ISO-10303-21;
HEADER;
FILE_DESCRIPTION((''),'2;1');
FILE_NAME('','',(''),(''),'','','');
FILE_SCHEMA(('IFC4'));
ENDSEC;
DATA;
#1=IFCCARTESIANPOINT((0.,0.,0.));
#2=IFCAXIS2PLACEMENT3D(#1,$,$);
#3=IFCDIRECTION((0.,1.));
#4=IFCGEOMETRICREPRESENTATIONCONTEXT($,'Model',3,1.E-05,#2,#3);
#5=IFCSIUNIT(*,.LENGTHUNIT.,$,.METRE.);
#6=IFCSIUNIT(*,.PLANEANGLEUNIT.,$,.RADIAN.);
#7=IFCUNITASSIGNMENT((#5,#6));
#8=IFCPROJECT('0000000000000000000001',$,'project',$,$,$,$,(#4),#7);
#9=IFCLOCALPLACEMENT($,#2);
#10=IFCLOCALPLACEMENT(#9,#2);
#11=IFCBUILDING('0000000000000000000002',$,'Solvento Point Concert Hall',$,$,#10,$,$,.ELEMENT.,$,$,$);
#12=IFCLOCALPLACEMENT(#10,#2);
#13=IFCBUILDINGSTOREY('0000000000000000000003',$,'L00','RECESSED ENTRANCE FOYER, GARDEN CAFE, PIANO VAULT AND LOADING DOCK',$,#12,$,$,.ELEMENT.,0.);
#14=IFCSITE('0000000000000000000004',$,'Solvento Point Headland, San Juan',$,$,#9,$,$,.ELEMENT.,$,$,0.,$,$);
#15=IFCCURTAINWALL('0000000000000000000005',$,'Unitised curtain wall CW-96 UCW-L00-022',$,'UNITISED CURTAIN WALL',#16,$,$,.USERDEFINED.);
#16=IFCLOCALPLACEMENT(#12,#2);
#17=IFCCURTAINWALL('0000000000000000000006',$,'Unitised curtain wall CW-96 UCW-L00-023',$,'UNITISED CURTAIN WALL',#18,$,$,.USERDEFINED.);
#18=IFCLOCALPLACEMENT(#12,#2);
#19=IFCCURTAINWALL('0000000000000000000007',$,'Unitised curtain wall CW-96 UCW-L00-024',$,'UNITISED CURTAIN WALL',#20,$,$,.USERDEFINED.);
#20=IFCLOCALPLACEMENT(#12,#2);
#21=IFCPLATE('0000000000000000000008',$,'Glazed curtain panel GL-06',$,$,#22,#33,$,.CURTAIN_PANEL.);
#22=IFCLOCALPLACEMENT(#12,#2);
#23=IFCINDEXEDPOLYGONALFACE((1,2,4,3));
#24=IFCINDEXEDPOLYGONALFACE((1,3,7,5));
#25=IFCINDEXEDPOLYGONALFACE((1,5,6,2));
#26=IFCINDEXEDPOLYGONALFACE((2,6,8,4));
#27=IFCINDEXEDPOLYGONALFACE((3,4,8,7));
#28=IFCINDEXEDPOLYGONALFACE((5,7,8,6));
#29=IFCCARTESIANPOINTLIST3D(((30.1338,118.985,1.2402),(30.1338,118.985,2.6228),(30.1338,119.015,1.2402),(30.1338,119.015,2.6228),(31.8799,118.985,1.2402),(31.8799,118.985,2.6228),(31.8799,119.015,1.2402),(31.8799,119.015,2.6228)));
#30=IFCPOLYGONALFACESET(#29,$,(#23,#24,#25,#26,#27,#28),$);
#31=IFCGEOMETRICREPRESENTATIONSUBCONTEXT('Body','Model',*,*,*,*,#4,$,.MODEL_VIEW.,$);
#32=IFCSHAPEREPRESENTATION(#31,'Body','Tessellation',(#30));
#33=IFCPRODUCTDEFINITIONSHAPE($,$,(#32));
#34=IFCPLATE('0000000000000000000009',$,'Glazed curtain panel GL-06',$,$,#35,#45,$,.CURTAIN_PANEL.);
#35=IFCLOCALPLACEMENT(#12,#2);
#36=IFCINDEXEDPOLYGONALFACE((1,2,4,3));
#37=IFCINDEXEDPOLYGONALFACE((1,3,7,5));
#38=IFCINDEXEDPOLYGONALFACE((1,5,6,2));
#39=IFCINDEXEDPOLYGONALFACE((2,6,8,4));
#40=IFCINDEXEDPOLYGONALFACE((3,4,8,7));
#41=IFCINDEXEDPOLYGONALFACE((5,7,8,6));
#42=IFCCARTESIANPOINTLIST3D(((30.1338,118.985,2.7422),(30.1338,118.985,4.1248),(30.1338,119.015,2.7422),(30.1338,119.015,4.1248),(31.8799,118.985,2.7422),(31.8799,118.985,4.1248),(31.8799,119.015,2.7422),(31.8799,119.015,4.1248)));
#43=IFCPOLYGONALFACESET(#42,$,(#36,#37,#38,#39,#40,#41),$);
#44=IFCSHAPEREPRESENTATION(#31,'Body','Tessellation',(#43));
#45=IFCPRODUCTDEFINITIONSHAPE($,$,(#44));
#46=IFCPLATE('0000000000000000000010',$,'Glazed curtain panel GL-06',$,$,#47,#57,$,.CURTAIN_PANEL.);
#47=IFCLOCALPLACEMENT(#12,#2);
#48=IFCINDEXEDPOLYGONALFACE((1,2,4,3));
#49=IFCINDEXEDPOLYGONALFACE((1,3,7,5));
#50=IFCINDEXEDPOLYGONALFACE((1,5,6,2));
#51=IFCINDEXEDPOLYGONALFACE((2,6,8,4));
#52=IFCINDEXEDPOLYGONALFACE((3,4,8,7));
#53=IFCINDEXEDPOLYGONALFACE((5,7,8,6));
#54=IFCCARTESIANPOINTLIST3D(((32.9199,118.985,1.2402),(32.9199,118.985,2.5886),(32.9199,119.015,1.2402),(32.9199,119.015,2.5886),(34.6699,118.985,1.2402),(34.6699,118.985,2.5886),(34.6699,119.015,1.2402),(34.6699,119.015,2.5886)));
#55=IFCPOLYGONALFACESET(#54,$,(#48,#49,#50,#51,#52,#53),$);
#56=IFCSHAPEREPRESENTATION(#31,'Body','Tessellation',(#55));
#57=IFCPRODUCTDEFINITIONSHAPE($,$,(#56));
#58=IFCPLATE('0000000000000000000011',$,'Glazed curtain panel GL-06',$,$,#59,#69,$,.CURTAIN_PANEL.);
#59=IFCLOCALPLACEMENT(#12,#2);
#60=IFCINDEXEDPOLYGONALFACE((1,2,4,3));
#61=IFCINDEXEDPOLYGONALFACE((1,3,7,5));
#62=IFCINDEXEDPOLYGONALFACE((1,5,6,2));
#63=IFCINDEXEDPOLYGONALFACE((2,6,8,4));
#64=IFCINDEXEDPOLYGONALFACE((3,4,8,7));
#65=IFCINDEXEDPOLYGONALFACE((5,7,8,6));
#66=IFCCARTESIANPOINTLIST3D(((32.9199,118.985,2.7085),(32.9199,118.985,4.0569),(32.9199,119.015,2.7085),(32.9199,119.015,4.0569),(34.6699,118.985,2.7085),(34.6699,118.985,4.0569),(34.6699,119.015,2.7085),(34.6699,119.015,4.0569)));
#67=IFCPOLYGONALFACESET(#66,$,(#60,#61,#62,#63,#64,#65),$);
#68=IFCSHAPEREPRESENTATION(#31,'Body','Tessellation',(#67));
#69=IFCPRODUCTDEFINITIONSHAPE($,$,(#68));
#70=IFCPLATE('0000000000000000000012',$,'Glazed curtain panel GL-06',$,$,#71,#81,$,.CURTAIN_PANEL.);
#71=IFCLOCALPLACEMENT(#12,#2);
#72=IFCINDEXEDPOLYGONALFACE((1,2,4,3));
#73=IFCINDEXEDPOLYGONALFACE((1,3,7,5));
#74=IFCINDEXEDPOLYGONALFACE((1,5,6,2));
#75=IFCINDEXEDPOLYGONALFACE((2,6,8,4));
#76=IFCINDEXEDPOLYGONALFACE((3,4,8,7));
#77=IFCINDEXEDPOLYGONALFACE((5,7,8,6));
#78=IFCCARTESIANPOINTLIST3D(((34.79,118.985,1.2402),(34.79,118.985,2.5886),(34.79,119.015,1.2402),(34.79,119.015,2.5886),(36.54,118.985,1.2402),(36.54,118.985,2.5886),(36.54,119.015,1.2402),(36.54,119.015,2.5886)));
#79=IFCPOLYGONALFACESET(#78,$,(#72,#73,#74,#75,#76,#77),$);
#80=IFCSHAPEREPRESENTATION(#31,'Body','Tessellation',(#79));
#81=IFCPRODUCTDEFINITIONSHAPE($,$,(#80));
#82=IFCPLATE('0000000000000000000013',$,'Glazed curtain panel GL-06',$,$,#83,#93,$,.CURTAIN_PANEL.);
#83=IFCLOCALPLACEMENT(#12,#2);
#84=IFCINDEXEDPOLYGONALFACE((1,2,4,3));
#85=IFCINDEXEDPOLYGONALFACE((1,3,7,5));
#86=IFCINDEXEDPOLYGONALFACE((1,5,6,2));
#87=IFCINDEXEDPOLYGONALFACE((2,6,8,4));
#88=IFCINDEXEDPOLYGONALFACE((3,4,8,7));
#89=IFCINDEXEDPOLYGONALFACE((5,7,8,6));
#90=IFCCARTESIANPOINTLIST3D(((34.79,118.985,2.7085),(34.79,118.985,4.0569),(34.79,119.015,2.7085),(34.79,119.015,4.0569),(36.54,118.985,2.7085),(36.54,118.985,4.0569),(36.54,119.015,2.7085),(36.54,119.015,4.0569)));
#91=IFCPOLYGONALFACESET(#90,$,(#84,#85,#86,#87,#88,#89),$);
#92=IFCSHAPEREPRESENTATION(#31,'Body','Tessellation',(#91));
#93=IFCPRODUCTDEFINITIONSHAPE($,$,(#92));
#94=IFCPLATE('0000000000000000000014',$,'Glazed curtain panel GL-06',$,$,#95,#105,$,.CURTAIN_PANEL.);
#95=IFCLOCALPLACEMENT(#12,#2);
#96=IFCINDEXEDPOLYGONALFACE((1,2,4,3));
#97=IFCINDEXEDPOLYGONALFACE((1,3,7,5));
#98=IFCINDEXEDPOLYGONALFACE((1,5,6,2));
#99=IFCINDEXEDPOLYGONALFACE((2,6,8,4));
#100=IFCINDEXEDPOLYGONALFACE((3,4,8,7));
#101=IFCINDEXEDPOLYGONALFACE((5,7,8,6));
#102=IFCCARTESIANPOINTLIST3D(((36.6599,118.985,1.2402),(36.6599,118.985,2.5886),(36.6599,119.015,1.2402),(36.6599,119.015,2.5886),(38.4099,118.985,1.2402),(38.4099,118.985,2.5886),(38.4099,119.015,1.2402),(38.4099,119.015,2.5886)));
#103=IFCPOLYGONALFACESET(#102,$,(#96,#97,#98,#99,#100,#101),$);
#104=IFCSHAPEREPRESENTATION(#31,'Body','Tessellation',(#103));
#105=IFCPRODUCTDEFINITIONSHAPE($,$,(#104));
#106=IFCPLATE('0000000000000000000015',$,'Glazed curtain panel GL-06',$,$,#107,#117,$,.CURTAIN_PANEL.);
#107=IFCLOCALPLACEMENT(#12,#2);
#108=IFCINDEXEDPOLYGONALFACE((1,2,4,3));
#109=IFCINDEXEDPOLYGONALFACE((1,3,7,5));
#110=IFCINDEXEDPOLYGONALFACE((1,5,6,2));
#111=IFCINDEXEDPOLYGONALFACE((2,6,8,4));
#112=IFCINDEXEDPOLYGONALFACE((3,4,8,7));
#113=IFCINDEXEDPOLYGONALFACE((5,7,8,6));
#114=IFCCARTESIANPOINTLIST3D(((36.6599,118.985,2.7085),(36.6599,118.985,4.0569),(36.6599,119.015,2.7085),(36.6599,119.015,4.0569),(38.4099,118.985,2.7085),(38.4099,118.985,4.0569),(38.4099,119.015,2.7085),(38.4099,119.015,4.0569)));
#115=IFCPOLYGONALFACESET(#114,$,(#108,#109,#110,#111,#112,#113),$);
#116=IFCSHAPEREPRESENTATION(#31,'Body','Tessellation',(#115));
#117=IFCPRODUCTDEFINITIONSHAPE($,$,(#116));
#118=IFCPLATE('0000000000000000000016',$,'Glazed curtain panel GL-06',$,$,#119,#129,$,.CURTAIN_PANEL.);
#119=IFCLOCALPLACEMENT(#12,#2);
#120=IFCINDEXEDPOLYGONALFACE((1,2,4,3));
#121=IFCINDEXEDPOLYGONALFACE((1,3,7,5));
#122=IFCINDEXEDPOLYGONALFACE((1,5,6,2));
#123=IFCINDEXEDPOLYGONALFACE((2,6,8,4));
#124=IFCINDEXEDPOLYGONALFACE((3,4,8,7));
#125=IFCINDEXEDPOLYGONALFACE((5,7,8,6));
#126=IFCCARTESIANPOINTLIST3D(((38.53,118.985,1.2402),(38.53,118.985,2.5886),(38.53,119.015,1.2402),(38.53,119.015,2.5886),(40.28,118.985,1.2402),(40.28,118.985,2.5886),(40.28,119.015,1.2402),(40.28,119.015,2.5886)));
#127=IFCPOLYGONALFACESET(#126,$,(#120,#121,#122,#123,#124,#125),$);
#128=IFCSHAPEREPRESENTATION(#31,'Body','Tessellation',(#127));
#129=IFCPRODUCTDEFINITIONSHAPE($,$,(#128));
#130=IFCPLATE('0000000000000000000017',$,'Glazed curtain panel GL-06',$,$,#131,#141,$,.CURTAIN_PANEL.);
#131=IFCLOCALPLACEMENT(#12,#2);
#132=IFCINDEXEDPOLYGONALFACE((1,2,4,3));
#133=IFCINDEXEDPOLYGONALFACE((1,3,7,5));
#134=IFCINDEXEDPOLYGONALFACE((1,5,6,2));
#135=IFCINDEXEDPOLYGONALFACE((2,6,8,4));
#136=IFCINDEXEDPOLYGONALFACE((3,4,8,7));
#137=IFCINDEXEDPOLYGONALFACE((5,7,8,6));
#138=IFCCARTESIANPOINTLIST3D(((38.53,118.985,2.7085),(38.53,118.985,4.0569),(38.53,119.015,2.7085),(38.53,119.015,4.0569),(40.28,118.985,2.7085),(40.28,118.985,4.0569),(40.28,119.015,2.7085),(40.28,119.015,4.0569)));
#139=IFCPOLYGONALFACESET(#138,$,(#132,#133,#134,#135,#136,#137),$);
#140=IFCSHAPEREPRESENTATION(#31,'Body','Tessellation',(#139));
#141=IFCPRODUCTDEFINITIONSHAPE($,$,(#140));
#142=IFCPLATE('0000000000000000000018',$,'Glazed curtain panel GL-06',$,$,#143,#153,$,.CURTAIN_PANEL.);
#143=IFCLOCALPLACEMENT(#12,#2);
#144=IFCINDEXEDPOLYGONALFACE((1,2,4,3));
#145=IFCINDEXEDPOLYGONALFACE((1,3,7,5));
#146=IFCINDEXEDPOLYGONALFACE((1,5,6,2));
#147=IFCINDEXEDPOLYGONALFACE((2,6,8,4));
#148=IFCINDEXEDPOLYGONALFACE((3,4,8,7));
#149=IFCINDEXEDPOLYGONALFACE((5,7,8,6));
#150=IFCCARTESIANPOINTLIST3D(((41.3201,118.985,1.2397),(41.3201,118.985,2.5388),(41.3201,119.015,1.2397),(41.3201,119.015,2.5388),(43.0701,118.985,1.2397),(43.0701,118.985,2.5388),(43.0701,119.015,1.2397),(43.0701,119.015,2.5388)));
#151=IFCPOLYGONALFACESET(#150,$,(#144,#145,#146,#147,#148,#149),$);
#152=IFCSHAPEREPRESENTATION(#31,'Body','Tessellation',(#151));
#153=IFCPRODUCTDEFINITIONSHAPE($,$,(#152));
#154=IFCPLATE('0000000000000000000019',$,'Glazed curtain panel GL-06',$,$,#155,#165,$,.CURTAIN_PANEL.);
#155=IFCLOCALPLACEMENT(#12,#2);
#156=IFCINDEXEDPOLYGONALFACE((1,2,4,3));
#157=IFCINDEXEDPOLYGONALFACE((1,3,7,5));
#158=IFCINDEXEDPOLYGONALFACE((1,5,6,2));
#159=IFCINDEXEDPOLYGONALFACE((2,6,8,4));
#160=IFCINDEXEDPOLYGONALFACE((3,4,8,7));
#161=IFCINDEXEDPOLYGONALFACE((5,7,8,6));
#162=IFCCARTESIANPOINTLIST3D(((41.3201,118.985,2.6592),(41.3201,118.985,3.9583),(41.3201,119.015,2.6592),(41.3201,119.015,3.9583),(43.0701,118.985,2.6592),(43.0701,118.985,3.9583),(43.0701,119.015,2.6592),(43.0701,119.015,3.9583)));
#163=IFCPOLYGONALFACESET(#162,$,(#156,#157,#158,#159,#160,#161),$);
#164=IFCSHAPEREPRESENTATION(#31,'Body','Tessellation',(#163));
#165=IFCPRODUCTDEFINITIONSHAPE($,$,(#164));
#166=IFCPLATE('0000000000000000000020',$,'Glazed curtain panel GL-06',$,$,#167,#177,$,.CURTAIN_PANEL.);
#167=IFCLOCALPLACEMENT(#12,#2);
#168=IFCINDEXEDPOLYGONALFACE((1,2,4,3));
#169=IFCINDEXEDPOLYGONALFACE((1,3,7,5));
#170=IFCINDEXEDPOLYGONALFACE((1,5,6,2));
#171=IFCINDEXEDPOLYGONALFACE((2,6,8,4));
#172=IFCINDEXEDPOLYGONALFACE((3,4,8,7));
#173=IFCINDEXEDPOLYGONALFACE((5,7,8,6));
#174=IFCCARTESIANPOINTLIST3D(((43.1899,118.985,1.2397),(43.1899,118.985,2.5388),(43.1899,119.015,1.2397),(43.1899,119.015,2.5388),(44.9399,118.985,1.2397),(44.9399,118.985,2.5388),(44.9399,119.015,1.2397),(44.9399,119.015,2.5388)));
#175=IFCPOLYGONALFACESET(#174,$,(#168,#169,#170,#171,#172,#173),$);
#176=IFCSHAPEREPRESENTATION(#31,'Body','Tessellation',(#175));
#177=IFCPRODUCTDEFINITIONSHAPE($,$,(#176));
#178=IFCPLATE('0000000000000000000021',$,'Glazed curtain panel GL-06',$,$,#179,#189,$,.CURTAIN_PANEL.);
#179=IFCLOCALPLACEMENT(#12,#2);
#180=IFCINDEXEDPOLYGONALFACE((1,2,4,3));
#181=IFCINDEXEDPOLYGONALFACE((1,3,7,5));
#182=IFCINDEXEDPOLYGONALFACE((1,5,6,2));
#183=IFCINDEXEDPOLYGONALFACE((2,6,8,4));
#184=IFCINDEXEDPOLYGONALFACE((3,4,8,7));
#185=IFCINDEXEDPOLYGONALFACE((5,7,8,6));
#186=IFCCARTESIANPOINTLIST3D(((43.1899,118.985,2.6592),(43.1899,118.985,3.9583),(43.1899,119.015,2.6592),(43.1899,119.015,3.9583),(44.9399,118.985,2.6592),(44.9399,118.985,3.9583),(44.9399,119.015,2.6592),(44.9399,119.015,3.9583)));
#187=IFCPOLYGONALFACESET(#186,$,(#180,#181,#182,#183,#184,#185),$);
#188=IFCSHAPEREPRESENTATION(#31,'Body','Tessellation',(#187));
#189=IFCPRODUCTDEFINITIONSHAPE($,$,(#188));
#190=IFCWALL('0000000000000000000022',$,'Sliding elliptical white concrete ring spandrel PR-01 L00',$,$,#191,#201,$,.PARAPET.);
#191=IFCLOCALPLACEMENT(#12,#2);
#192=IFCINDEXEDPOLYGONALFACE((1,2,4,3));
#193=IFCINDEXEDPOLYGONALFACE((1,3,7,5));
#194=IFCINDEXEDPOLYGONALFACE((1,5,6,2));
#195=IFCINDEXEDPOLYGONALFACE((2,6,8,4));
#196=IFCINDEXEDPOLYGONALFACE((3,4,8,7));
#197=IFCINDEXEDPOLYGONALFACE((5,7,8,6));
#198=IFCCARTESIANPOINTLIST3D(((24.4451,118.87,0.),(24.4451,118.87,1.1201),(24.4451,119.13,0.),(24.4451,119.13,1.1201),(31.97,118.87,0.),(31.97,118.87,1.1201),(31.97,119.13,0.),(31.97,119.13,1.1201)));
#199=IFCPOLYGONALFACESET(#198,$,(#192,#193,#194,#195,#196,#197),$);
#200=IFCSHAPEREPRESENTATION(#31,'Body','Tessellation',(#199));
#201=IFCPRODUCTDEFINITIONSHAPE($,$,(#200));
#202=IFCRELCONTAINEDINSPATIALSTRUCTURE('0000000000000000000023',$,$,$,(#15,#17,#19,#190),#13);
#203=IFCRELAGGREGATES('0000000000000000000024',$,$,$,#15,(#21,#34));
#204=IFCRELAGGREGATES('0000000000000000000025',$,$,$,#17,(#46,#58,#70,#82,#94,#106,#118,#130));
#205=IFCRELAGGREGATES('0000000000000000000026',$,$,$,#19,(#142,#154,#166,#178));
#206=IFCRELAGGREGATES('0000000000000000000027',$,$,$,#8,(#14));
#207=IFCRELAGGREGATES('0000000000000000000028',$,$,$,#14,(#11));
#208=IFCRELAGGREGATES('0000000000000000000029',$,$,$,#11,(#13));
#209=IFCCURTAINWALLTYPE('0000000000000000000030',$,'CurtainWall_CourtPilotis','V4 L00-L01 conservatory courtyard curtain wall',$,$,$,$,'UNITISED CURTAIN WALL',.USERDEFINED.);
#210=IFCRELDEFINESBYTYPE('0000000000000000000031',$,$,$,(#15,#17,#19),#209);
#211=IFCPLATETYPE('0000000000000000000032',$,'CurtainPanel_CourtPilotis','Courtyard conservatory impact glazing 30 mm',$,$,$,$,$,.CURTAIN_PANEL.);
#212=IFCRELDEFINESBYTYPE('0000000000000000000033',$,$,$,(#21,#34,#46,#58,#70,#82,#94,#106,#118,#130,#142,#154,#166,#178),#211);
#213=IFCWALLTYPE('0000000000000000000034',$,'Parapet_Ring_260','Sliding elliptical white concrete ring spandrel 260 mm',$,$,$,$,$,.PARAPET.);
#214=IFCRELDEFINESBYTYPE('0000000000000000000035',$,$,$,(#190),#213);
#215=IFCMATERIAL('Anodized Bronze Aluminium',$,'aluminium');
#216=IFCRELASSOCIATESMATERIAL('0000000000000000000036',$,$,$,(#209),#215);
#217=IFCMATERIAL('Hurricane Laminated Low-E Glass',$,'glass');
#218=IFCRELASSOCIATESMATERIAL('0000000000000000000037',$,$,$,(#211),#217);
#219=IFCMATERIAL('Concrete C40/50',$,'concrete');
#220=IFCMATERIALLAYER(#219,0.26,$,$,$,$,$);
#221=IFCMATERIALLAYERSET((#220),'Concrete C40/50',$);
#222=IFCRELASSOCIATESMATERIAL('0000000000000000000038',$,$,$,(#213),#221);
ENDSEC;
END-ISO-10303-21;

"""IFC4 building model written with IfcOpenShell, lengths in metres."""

from ifc_helpers import new_model, si_unit, direction, frame, frame_2d, origin, origin_2d, place, context, subcontext, project, spatial, rectangle, extrude, material, layer, layer_set, type_object, element, aggregate, save


model = new_model("IFC4")

# Units and contexts
model_context = context("Model", 3, precision=1e-05, world=origin(), true_north=direction((0.0, 1.0)))
body_context = subcontext(model_context, "Body", "Model", "MODEL_VIEW")
ifc_project = project(units=[si_unit("LENGTHUNIT", "METRE"), si_unit("PLANEANGLEUNIT", "RADIAN")], contexts=[model_context])

# Site, building, storey
site_placement = place(None, origin())
site = spatial("IfcSite", under=ifc_project, at=site_placement, Name="Solvento Point Headland, San Juan", CompositionType="ELEMENT", RefElevation=0.0)
building_placement = place(site_placement, origin())
building = spatial("IfcBuilding", under=site, at=building_placement, Name="Solvento Point Concert Hall", CompositionType="ELEMENT")
storey_placement = place(building_placement, origin())
storey = spatial("IfcBuildingStorey", under=building, at=storey_placement, Name="L00", Description="RECESSED ENTRANCE FOYER, GARDEN CAFE, PIANO VAULT AND LOADING DOCK", CompositionType="ELEMENT", Elevation=0.0)

# Curtain walls
ifc_material_1 = material(Name="Anodized Bronze Aluminium", Category="aluminium")
curtain_wall_type = type_object("IfcCurtainWallType", Name="CurtainWall_CourtPilotis", Description="V4 L00-L01 conservatory courtyard curtain wall", ElementType="UNITISED CURTAIN WALL", PredefinedType="USERDEFINED", material=ifc_material_1)
curtain_wall_1_placement = place(storey_placement, origin())
curtain_wall_1 = element("IfcCurtainWall", 1, at=curtain_wall_1_placement, inside=storey, type_object=curtain_wall_type, Name="Unitised curtain wall CW-96 UCW-L00-022", ObjectType="UNITISED CURTAIN WALL", PredefinedType="USERDEFINED")
curtain_wall_2_placement = place(storey_placement, origin())
curtain_wall_2 = element("IfcCurtainWall", 2, at=curtain_wall_2_placement, inside=storey, type_object=curtain_wall_type, Name="Unitised curtain wall CW-96 UCW-L00-023", ObjectType="UNITISED CURTAIN WALL", PredefinedType="USERDEFINED")
curtain_wall_3_placement = place(storey_placement, origin())
curtain_wall_3 = element("IfcCurtainWall", 3, at=curtain_wall_3_placement, inside=storey, type_object=curtain_wall_type, Name="Unitised curtain wall CW-96 UCW-L00-024", ObjectType="UNITISED CURTAIN WALL", PredefinedType="USERDEFINED")

# Plates
ifc_material_2 = material(Name="Hurricane Laminated Low-E Glass", Category="glass")
plate_type = type_object("IfcPlateType", Name="CurtainPanel_CourtPilotis", Description="Courtyard conservatory impact glazing 30 mm", PredefinedType="CURTAIN_PANEL", material=ifc_material_2)
plate_1_placement = place(storey_placement, frame((31.0068, 119.0, 1.2402), z_axis=(0.0, 0.0, 1.0), x_axis=(1.0, 0.0, 0.0)))
plate_1 = element("IfcPlate", 4, at=plate_1_placement, type_object=plate_type, Name="Glazed curtain panel GL-06", PredefinedType="CURTAIN_PANEL", context=body_context, shape_type="SweptSolid", body=[
    extrude(rectangle(XDim=1.7461, YDim=0.03, at=origin_2d()), origin(), (0.0, 0.0, 1.0), 1.3826),
])
plate_2_placement = place(storey_placement, frame((31.0068, 119.0, 2.7422), z_axis=(0.0, 0.0, 1.0), x_axis=(1.0, 0.0, 0.0)))
plate_2 = element("IfcPlate", 5, at=plate_2_placement, type_object=plate_type, Name="Glazed curtain panel GL-06", PredefinedType="CURTAIN_PANEL", context=body_context, shape_type="SweptSolid", body=[
    extrude(rectangle(XDim=1.7461, YDim=0.03, at=origin_2d()), origin(), (0.0, 0.0, 1.0), 1.3826),
])
aggregate(curtain_wall_1, [plate_1, plate_2])
plate_3_placement = place(storey_placement, frame((33.7949, 119.0, 1.2402), z_axis=(0.0, 0.0, 1.0), x_axis=(1.0, 0.0, 0.0)))
plate_3 = element("IfcPlate", 6, at=plate_3_placement, type_object=plate_type, Name="Glazed curtain panel GL-06", PredefinedType="CURTAIN_PANEL", context=body_context, shape_type="SweptSolid", body=[
    extrude(rectangle(XDim=1.75, YDim=0.03, at=origin_2d()), origin(), (0.0, 0.0, 1.0), 1.3484),
])
plate_4_placement = place(storey_placement, frame((33.7949, 119.0, 2.7085), z_axis=(0.0, 0.0, 1.0), x_axis=(1.0, 0.0, 0.0)))
plate_4 = element("IfcPlate", 7, at=plate_4_placement, type_object=plate_type, Name="Glazed curtain panel GL-06", PredefinedType="CURTAIN_PANEL", context=body_context, shape_type="SweptSolid", body=[
    extrude(rectangle(XDim=1.75, YDim=0.03, at=origin_2d()), origin(), (0.0, 0.0, 1.0), 1.3484),
])
plate_5_placement = place(storey_placement, frame((35.665, 119.0, 1.2402), z_axis=(0.0, 0.0, 1.0), x_axis=(1.0, 0.0, 0.0)))
plate_5 = element("IfcPlate", 8, at=plate_5_placement, type_object=plate_type, Name="Glazed curtain panel GL-06", PredefinedType="CURTAIN_PANEL", context=body_context, shape_type="SweptSolid", body=[
    extrude(rectangle(XDim=1.75, YDim=0.03, at=origin_2d()), origin(), (0.0, 0.0, 1.0), 1.3484),
])
plate_6_placement = place(storey_placement, frame((35.665, 119.0, 2.7085), z_axis=(0.0, 0.0, 1.0), x_axis=(1.0, 0.0, 0.0)))
plate_6 = element("IfcPlate", 9, at=plate_6_placement, type_object=plate_type, Name="Glazed curtain panel GL-06", PredefinedType="CURTAIN_PANEL", context=body_context, shape_type="SweptSolid", body=[
    extrude(rectangle(XDim=1.75, YDim=0.03, at=origin_2d()), origin(), (0.0, 0.0, 1.0), 1.3484),
])
plate_7_placement = place(storey_placement, frame((37.5349, 119.0, 1.2402), z_axis=(0.0, 0.0, 1.0), x_axis=(1.0, 0.0, 0.0)))
plate_7 = element("IfcPlate", 10, at=plate_7_placement, type_object=plate_type, Name="Glazed curtain panel GL-06", PredefinedType="CURTAIN_PANEL", context=body_context, shape_type="SweptSolid", body=[
    extrude(rectangle(XDim=1.75, YDim=0.03, at=origin_2d()), origin(), (0.0, 0.0, 1.0), 1.3484),
])
plate_8_placement = place(storey_placement, frame((37.5349, 119.0, 2.7085), z_axis=(0.0, 0.0, 1.0), x_axis=(1.0, 0.0, 0.0)))
plate_8 = element("IfcPlate", 11, at=plate_8_placement, type_object=plate_type, Name="Glazed curtain panel GL-06", PredefinedType="CURTAIN_PANEL", context=body_context, shape_type="SweptSolid", body=[
    extrude(rectangle(XDim=1.75, YDim=0.03, at=origin_2d()), origin(), (0.0, 0.0, 1.0), 1.3484),
])
plate_9_placement = place(storey_placement, frame((39.405, 119.0, 1.2402), z_axis=(0.0, 0.0, 1.0), x_axis=(1.0, 0.0, 0.0)))
plate_9 = element("IfcPlate", 12, at=plate_9_placement, type_object=plate_type, Name="Glazed curtain panel GL-06", PredefinedType="CURTAIN_PANEL", context=body_context, shape_type="SweptSolid", body=[
    extrude(rectangle(XDim=1.75, YDim=0.03, at=origin_2d()), origin(), (0.0, 0.0, 1.0), 1.3484),
])
plate_10_placement = place(storey_placement, frame((39.405, 119.0, 2.7085), z_axis=(0.0, 0.0, 1.0), x_axis=(1.0, 0.0, 0.0)))
plate_10 = element("IfcPlate", 13, at=plate_10_placement, type_object=plate_type, Name="Glazed curtain panel GL-06", PredefinedType="CURTAIN_PANEL", context=body_context, shape_type="SweptSolid", body=[
    extrude(rectangle(XDim=1.75, YDim=0.03, at=origin_2d()), origin(), (0.0, 0.0, 1.0), 1.3484),
])
aggregate(curtain_wall_2, [plate_3, plate_4, plate_5, plate_6, plate_7, plate_8, plate_9, plate_10])
plate_11_placement = place(storey_placement, frame((42.1951, 119.0, 1.2397), z_axis=(0.0, 0.0, 1.0), x_axis=(1.0, 0.0, 0.0)))
plate_11 = element("IfcPlate", 14, at=plate_11_placement, type_object=plate_type, Name="Glazed curtain panel GL-06", PredefinedType="CURTAIN_PANEL", context=body_context, shape_type="SweptSolid", body=[
    extrude(rectangle(XDim=1.75, YDim=0.03, at=origin_2d()), origin(), (0.0, 0.0, 1.0), 1.2991),
])
plate_12_placement = place(storey_placement, frame((42.1951, 119.0, 2.6592), z_axis=(0.0, 0.0, 1.0), x_axis=(1.0, 0.0, 0.0)))
plate_12 = element("IfcPlate", 15, at=plate_12_placement, type_object=plate_type, Name="Glazed curtain panel GL-06", PredefinedType="CURTAIN_PANEL", context=body_context, shape_type="SweptSolid", body=[
    extrude(rectangle(XDim=1.75, YDim=0.03, at=origin_2d()), origin(), (0.0, 0.0, 1.0), 1.2991),
])
plate_13_placement = place(storey_placement, frame((44.0649, 119.0, 1.2397), z_axis=(0.0, 0.0, 1.0), x_axis=(1.0, 0.0, 0.0)))
plate_13 = element("IfcPlate", 16, at=plate_13_placement, type_object=plate_type, Name="Glazed curtain panel GL-06", PredefinedType="CURTAIN_PANEL", context=body_context, shape_type="SweptSolid", body=[
    extrude(rectangle(XDim=1.75, YDim=0.03, at=origin_2d()), origin(), (0.0, 0.0, 1.0), 1.2991),
])
plate_14_placement = place(storey_placement, frame((44.0649, 119.0, 2.6592), z_axis=(0.0, 0.0, 1.0), x_axis=(1.0, 0.0, 0.0)))
plate_14 = element("IfcPlate", 17, at=plate_14_placement, type_object=plate_type, Name="Glazed curtain panel GL-06", PredefinedType="CURTAIN_PANEL", context=body_context, shape_type="SweptSolid", body=[
    extrude(rectangle(XDim=1.75, YDim=0.03, at=origin_2d()), origin(), (0.0, 0.0, 1.0), 1.2991),
])
aggregate(curtain_wall_3, [plate_11, plate_12, plate_13, plate_14])

# Wall
ifc_material_3 = material(Name="Concrete C40/50", Category="concrete")
ifc_layer = layer(ifc_material_3, 0.26)
ifc_layer_set = layer_set([ifc_layer], Name="Concrete C40/50")
wall_type = type_object("IfcWallType", Name="Parapet_Ring_260", Description="Sliding elliptical white concrete ring spandrel 260 mm", PredefinedType="PARAPET", material=ifc_layer_set)
wall_1_placement = place(storey_placement, frame((31.97, 119.0, 0.0), z_axis=(0.0, 0.0, 1.0), x_axis=(-1.0, 0.0, 0.0)))
element("IfcWall", 18, at=wall_1_placement, inside=storey, type_object=wall_type, Name="Sliding elliptical white concrete ring spandrel PR-01 L00", PredefinedType="PARAPET", context=body_context, shape_type="SweptSolid", body=[
    extrude(rectangle(XDim=7.5249, YDim=0.26, at=frame_2d((3.7625, 0.0))), origin(), (0.0, 0.0, 1.0), 1.1201),
])

save(model, "model.ifc")
